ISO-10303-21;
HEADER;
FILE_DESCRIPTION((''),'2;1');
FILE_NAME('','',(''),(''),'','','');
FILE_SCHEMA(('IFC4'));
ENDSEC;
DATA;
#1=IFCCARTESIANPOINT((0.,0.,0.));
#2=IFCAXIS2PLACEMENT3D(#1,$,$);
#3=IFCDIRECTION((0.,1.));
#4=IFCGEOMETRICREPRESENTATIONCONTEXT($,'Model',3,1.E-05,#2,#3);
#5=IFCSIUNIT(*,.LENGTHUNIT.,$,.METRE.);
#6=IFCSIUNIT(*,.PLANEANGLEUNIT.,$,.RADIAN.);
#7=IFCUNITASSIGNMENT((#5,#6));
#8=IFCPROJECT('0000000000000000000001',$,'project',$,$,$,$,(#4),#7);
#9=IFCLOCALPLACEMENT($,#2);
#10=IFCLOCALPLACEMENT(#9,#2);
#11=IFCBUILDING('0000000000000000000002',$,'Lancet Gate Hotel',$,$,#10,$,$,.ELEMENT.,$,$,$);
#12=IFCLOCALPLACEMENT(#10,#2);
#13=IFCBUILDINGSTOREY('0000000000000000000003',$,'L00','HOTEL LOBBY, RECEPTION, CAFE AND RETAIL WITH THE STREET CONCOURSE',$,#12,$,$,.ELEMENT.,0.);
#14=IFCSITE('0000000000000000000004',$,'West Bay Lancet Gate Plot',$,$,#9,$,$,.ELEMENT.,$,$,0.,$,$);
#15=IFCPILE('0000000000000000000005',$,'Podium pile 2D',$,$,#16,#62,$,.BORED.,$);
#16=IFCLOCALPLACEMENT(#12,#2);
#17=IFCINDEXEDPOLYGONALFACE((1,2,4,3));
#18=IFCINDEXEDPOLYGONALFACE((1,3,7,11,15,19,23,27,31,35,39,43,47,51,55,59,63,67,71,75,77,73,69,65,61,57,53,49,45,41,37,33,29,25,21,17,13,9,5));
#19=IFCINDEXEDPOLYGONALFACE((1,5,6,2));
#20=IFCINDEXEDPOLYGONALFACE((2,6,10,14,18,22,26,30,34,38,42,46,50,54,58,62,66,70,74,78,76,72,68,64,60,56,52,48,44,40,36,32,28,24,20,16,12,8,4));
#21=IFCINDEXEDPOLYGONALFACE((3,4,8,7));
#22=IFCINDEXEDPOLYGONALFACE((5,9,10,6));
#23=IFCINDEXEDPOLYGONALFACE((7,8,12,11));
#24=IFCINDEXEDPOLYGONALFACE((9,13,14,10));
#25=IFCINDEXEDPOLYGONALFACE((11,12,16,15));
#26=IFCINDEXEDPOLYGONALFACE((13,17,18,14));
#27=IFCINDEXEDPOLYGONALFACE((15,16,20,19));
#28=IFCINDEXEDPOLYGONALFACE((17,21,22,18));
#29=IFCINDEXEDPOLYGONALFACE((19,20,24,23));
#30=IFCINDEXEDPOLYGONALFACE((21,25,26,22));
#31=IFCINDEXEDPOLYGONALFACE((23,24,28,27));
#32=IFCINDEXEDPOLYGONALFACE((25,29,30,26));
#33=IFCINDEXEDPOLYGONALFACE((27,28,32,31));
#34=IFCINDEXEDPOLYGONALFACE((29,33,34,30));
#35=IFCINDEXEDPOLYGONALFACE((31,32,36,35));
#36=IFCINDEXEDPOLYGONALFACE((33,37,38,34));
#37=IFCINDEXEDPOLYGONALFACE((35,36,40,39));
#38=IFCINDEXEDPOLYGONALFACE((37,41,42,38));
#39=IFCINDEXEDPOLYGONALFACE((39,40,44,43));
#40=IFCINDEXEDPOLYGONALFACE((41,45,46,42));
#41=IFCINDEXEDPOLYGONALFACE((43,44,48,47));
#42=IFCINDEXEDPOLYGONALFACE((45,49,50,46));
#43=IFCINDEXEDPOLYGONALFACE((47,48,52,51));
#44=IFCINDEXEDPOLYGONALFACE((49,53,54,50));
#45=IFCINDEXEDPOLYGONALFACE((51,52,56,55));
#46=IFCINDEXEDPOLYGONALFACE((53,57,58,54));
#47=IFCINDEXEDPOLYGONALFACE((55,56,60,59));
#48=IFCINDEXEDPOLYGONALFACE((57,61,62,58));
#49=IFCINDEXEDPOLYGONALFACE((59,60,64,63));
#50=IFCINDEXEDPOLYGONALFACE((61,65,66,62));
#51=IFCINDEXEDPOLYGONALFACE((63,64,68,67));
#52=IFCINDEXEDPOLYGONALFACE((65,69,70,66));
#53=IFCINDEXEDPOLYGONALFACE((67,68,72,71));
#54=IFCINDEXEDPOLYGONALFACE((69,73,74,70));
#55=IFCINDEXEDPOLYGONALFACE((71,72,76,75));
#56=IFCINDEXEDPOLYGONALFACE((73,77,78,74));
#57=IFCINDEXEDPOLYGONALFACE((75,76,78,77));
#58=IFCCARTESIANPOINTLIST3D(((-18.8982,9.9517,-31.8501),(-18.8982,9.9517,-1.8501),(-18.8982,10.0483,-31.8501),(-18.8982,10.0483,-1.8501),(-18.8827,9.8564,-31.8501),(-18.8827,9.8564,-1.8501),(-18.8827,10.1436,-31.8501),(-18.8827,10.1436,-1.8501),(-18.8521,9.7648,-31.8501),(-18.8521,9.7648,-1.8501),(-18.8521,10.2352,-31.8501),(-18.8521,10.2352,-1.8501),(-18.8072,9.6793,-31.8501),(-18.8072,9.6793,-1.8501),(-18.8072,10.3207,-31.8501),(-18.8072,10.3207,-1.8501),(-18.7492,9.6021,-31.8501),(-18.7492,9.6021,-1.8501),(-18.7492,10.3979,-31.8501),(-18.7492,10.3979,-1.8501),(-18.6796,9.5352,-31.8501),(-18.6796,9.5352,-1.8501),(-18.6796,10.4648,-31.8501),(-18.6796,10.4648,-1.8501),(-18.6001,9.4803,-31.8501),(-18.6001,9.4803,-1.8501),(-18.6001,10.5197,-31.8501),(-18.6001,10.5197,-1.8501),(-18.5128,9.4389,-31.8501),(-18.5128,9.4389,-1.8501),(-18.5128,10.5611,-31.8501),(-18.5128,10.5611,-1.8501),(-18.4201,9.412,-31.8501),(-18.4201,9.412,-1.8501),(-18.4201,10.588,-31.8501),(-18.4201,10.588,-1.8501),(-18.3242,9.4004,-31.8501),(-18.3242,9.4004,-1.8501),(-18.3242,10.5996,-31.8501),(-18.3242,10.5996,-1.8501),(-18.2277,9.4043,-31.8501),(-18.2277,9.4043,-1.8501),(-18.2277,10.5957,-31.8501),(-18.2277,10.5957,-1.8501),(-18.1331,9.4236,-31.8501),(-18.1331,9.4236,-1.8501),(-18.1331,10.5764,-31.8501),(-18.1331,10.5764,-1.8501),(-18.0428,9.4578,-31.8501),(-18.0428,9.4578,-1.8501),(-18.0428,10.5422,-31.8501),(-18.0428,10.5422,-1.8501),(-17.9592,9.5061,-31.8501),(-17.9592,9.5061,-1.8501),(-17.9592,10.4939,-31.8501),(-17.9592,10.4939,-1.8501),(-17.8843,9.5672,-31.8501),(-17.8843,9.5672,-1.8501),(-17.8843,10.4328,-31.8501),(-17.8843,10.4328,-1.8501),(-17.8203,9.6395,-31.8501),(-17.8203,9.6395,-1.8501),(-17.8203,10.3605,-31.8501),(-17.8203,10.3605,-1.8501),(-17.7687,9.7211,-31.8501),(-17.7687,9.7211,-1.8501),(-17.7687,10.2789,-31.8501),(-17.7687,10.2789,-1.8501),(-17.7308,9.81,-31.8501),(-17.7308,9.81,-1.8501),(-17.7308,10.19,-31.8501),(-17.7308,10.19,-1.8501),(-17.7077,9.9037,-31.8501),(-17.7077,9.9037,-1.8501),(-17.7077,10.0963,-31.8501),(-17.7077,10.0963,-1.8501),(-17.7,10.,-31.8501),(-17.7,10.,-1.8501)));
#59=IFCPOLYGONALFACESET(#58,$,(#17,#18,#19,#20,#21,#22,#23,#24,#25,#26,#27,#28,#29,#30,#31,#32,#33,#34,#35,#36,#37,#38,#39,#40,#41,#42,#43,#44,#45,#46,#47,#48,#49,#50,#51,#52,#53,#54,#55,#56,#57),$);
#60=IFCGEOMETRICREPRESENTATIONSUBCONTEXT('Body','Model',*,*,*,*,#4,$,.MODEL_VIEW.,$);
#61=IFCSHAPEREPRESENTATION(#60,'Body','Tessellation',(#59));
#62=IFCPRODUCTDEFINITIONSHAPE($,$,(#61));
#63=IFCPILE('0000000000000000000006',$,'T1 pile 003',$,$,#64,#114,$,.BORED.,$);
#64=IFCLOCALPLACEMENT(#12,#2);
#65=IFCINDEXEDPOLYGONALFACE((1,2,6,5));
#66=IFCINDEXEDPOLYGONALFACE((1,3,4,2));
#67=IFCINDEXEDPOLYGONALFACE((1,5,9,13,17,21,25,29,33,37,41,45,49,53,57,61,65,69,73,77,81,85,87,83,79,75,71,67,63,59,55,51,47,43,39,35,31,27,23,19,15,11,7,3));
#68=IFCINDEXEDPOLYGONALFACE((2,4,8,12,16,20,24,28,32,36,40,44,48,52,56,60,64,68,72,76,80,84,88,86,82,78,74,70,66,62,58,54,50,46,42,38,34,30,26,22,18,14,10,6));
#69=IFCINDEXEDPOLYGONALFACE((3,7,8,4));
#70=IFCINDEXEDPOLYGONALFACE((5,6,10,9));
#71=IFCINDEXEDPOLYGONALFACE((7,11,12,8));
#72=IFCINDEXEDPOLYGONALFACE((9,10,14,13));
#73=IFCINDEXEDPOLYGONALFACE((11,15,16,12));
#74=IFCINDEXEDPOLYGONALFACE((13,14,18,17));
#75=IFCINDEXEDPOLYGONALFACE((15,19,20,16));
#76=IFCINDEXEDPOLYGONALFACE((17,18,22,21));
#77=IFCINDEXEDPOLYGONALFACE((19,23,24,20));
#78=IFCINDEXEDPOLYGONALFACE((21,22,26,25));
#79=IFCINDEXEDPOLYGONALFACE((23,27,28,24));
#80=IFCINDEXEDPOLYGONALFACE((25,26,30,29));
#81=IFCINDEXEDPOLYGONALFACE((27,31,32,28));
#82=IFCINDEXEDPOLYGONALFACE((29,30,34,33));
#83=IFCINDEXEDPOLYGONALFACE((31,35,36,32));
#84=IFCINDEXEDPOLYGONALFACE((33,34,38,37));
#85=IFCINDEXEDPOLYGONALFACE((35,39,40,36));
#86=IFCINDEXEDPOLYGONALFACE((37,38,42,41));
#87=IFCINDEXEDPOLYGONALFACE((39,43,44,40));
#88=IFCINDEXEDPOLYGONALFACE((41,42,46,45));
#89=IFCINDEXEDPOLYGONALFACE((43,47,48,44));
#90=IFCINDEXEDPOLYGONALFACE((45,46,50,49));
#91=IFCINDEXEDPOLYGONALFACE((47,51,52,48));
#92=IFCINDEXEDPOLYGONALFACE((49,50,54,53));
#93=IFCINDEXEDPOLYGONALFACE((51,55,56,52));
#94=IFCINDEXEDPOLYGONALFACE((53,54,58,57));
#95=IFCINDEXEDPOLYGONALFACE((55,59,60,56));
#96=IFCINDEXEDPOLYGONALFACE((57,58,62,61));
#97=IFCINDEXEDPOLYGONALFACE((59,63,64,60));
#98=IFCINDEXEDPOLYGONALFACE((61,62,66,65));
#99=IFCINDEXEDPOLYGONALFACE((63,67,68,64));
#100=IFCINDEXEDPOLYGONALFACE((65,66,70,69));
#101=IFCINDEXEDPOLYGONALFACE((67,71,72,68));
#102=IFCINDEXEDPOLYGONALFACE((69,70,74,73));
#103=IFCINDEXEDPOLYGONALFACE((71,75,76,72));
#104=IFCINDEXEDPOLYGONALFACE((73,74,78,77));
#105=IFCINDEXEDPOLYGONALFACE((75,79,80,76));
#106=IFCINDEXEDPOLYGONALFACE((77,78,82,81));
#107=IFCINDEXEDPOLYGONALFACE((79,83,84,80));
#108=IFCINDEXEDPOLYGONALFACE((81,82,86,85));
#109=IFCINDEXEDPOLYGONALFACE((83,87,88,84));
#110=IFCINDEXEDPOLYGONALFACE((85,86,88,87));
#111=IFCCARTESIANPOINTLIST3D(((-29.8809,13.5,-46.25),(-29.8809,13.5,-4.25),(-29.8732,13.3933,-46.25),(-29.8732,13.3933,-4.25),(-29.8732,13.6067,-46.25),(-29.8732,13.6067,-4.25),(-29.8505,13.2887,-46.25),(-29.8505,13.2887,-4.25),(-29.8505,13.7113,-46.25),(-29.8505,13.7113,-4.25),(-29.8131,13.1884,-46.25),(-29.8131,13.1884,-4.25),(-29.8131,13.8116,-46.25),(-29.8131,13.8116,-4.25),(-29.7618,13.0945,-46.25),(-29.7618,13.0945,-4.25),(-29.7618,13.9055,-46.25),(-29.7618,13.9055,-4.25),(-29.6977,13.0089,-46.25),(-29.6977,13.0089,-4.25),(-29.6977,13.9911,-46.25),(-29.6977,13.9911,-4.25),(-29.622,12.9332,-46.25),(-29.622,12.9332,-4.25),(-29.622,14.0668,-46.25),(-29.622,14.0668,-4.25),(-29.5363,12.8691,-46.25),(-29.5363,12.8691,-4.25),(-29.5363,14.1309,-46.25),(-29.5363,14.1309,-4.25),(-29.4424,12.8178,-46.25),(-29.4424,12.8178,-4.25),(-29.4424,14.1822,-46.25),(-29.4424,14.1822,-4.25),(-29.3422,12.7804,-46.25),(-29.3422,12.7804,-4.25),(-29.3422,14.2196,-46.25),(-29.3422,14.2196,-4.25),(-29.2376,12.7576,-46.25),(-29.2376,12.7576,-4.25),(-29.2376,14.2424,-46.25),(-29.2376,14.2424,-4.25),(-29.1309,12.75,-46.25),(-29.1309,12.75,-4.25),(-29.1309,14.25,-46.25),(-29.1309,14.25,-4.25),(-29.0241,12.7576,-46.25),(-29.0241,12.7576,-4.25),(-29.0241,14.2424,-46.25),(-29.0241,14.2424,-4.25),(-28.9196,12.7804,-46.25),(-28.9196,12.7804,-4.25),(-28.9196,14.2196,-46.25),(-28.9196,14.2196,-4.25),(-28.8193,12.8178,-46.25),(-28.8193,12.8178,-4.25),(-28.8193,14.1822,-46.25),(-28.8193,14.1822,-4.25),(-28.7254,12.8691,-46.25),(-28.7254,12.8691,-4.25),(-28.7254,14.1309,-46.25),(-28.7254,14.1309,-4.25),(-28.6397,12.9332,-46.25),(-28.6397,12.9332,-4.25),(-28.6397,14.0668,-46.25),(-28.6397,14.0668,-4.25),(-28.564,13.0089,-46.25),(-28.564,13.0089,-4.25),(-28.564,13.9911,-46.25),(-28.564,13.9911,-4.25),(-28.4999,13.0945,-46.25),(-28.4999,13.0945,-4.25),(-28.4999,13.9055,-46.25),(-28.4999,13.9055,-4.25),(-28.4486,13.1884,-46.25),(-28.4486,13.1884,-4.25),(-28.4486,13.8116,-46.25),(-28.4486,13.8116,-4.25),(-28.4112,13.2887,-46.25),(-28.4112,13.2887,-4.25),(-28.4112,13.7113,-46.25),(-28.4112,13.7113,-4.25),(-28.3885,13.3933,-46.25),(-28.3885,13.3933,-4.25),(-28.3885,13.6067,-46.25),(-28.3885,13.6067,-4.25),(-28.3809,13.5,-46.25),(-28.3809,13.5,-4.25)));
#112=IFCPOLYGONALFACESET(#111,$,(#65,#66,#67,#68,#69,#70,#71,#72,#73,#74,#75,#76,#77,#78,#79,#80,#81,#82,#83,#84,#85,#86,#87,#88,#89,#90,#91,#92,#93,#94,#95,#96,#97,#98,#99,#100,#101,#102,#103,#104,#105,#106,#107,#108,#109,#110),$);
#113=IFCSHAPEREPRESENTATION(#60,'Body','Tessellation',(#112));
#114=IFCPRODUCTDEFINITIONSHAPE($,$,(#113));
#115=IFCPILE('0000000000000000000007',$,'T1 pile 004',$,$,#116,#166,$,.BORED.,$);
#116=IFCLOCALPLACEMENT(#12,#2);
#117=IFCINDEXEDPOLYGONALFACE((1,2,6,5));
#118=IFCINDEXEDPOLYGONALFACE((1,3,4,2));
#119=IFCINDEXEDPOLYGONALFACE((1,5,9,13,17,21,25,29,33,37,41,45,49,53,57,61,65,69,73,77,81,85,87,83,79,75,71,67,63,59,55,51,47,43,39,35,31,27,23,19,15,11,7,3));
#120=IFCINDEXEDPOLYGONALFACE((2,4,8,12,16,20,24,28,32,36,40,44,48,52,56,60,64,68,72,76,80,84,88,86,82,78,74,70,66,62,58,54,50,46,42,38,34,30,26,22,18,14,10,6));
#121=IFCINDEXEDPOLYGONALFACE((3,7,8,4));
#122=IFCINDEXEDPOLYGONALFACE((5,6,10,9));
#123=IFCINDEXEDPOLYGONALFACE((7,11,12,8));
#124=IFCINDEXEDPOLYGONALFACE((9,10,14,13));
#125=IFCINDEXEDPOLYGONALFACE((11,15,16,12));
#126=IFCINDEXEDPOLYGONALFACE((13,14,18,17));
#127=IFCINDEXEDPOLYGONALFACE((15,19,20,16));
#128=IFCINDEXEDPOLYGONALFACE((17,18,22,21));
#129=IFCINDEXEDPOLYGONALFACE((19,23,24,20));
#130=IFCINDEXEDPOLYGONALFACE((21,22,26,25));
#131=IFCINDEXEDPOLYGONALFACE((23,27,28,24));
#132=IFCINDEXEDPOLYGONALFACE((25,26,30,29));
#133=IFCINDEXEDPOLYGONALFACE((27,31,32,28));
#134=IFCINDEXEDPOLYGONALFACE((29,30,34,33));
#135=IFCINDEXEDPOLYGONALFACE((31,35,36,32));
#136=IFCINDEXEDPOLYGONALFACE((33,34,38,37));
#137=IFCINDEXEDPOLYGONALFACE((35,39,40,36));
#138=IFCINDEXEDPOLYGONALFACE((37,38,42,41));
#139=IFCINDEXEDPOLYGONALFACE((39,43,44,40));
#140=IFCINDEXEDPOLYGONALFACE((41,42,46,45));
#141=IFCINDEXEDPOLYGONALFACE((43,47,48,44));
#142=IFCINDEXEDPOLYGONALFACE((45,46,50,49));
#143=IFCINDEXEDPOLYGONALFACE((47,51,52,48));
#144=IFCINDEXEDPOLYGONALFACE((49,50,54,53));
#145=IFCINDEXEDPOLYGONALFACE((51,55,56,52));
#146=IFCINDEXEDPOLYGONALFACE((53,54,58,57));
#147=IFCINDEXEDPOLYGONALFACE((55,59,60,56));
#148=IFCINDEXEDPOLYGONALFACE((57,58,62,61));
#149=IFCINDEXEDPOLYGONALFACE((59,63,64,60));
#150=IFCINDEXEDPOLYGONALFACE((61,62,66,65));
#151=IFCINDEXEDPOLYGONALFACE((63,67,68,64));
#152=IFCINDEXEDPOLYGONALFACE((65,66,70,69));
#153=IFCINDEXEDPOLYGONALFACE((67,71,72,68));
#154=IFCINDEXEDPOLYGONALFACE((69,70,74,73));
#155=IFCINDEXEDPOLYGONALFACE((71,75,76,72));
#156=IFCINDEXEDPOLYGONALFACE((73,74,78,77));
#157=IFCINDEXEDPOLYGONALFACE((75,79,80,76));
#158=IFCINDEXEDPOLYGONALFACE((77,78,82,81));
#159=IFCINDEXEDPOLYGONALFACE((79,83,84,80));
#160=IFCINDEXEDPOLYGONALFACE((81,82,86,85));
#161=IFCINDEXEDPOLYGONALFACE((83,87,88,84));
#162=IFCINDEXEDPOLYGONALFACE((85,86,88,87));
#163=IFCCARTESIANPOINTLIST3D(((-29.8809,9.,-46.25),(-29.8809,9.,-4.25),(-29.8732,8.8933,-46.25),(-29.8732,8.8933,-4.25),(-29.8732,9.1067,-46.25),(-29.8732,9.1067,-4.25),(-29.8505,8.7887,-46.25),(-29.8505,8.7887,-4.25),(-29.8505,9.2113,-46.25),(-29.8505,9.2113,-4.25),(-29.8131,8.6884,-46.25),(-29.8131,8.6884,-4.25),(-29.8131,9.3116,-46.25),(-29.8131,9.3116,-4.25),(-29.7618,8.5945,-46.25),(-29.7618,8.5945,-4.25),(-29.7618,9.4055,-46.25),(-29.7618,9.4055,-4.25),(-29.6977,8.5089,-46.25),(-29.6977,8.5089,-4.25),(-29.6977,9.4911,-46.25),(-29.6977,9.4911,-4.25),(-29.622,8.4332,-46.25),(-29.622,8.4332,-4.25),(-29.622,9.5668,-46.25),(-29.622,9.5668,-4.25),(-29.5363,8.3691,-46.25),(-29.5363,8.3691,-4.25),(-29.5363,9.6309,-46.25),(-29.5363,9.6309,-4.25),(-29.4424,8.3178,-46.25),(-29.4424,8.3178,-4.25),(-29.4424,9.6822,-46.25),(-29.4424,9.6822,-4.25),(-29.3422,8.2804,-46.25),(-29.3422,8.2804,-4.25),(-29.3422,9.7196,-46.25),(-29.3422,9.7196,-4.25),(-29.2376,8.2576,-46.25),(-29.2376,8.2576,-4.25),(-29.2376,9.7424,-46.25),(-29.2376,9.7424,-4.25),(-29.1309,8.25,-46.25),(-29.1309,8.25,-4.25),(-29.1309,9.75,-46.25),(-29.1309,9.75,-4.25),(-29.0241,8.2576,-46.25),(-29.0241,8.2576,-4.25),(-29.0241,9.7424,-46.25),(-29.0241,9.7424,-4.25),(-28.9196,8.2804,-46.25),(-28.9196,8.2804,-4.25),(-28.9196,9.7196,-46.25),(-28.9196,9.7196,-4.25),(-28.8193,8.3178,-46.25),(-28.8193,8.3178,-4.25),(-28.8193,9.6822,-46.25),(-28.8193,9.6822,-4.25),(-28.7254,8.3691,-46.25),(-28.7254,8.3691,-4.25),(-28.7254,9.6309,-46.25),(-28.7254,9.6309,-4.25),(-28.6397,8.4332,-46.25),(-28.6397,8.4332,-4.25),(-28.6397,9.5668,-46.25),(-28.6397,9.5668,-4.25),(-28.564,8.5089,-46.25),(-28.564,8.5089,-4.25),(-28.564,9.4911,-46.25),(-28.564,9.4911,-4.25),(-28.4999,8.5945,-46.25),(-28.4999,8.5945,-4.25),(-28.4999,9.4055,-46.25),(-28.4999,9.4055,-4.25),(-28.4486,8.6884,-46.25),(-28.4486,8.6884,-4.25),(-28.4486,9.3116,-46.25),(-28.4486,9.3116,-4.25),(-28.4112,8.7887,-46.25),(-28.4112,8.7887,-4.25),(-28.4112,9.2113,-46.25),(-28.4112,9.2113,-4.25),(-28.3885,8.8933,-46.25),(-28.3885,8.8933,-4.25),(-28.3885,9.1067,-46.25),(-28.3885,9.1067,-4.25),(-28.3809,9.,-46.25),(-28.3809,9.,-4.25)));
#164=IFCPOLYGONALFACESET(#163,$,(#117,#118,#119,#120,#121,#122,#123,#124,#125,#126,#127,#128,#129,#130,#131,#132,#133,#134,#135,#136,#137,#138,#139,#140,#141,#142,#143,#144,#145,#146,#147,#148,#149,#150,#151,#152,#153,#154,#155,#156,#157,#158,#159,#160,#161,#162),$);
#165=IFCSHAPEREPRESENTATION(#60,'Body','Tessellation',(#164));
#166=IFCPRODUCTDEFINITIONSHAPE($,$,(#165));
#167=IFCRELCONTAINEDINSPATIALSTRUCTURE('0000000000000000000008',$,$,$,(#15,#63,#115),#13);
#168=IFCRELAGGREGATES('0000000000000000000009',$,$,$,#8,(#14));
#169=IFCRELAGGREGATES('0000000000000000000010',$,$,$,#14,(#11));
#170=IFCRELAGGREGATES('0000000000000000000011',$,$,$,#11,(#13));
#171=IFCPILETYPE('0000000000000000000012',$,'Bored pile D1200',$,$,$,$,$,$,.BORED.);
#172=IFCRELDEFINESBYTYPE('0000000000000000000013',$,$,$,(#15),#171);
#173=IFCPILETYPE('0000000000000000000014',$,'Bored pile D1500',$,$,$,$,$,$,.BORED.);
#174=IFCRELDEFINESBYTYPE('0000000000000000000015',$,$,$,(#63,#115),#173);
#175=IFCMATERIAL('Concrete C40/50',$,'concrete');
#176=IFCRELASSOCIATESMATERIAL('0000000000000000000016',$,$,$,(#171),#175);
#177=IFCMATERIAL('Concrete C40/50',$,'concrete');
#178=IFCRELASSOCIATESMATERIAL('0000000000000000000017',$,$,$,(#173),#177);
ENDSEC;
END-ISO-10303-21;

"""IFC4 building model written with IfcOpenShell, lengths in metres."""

from ifc_helpers import new_model, si_unit, direction, frame, origin, origin_2d, place, context, subcontext, project, spatial, circle, extrude, material, material_profile, profile_set, type_object, element, save


model = new_model("IFC4")

# Units and contexts
model_context = context("Model", 3, precision=1e-05, world=origin(), true_north=direction((0.0, 1.0)))
body_context = subcontext(model_context, "Body", "Model", "MODEL_VIEW")
ifc_project = project(units=[si_unit("LENGTHUNIT", "METRE"), si_unit("PLANEANGLEUNIT", "RADIAN")], contexts=[model_context])

# Site, building, storey
site_placement = place(None, origin())
site = spatial("IfcSite", under=ifc_project, at=site_placement, Name="West Bay Lancet Gate Plot", CompositionType="ELEMENT", RefElevation=0.0)
building_placement = place(site_placement, origin())
building = spatial("IfcBuilding", under=site, at=building_placement, Name="Lancet Gate Hotel", CompositionType="ELEMENT")
storey_placement = place(building_placement, origin())
storey = spatial("IfcBuildingStorey", under=building, at=storey_placement, Name="L00", Description="HOTEL LOBBY, RECEPTION, CAFE AND RETAIL WITH THE STREET CONCOURSE", CompositionType="ELEMENT", Elevation=0.0)

# Piles
ifc_material_1 = material(Name="Concrete C40/50", Category="concrete")
ifc_material_profile_1 = material_profile(ifc_material_1, circle(Radius=0.6001, at=origin_2d()), Name="PILE D1200")
ifc_profile_set_1 = profile_set([ifc_material_profile_1], Name="Concrete C40/50")
pile_type_1 = type_object("IfcPileType", Name="Bored pile D1200", PredefinedType="BORED", material=ifc_profile_set_1)
pile_placement = place(storey_placement, frame((-18.3, 10.0, -1.8501), z_axis=(0.0, 0.0, -1.0), x_axis=(1.0, 0.0, 0.0)))
element("IfcPile", 1, at=pile_placement, inside=storey, type_object=pile_type_1, Name="Podium pile 2D", PredefinedType="BORED", context=body_context, shape_type="SweptSolid", body=[
    extrude(circle(Radius=0.6001, at=origin_2d()), origin(), (0.0, 0.0, 1.0), 30.0),
])
ifc_material_2 = material(Name="Concrete C40/50", Category="concrete")
ifc_material_profile_2 = material_profile(ifc_material_2, circle(Radius=0.75, at=origin_2d()), Name="PILE D1500")
ifc_profile_set_2 = profile_set([ifc_material_profile_2], Name="Concrete C40/50")
pile_type_2 = type_object("IfcPileType", Name="Bored pile D1500", PredefinedType="BORED", material=ifc_profile_set_2)
for number, where, z_axis, x_axis, name in (
    (2, (-29.1309, 13.5, -4.25), (0.0, 0.0, -1.0), (1.0, 0.0, 0.0), "T1 pile 003"),
    (3, (-29.1309, 9.0, -4.25), (0.0, 0.0, -1.0), (1.0, 0.0, 0.0), "T1 pile 004"),
):
    element("IfcPile", number, at=place(storey_placement, frame(where, z_axis=z_axis, x_axis=x_axis)), inside=storey, type_object=pile_type_2, Name=name, PredefinedType="BORED", context=body_context, shape_type="SweptSolid", body=[
        extrude(circle(Radius=0.75, at=origin_2d()), origin(), (0.0, 0.0, 1.0), 42.0),
    ])

save(model, "model.ifc")
